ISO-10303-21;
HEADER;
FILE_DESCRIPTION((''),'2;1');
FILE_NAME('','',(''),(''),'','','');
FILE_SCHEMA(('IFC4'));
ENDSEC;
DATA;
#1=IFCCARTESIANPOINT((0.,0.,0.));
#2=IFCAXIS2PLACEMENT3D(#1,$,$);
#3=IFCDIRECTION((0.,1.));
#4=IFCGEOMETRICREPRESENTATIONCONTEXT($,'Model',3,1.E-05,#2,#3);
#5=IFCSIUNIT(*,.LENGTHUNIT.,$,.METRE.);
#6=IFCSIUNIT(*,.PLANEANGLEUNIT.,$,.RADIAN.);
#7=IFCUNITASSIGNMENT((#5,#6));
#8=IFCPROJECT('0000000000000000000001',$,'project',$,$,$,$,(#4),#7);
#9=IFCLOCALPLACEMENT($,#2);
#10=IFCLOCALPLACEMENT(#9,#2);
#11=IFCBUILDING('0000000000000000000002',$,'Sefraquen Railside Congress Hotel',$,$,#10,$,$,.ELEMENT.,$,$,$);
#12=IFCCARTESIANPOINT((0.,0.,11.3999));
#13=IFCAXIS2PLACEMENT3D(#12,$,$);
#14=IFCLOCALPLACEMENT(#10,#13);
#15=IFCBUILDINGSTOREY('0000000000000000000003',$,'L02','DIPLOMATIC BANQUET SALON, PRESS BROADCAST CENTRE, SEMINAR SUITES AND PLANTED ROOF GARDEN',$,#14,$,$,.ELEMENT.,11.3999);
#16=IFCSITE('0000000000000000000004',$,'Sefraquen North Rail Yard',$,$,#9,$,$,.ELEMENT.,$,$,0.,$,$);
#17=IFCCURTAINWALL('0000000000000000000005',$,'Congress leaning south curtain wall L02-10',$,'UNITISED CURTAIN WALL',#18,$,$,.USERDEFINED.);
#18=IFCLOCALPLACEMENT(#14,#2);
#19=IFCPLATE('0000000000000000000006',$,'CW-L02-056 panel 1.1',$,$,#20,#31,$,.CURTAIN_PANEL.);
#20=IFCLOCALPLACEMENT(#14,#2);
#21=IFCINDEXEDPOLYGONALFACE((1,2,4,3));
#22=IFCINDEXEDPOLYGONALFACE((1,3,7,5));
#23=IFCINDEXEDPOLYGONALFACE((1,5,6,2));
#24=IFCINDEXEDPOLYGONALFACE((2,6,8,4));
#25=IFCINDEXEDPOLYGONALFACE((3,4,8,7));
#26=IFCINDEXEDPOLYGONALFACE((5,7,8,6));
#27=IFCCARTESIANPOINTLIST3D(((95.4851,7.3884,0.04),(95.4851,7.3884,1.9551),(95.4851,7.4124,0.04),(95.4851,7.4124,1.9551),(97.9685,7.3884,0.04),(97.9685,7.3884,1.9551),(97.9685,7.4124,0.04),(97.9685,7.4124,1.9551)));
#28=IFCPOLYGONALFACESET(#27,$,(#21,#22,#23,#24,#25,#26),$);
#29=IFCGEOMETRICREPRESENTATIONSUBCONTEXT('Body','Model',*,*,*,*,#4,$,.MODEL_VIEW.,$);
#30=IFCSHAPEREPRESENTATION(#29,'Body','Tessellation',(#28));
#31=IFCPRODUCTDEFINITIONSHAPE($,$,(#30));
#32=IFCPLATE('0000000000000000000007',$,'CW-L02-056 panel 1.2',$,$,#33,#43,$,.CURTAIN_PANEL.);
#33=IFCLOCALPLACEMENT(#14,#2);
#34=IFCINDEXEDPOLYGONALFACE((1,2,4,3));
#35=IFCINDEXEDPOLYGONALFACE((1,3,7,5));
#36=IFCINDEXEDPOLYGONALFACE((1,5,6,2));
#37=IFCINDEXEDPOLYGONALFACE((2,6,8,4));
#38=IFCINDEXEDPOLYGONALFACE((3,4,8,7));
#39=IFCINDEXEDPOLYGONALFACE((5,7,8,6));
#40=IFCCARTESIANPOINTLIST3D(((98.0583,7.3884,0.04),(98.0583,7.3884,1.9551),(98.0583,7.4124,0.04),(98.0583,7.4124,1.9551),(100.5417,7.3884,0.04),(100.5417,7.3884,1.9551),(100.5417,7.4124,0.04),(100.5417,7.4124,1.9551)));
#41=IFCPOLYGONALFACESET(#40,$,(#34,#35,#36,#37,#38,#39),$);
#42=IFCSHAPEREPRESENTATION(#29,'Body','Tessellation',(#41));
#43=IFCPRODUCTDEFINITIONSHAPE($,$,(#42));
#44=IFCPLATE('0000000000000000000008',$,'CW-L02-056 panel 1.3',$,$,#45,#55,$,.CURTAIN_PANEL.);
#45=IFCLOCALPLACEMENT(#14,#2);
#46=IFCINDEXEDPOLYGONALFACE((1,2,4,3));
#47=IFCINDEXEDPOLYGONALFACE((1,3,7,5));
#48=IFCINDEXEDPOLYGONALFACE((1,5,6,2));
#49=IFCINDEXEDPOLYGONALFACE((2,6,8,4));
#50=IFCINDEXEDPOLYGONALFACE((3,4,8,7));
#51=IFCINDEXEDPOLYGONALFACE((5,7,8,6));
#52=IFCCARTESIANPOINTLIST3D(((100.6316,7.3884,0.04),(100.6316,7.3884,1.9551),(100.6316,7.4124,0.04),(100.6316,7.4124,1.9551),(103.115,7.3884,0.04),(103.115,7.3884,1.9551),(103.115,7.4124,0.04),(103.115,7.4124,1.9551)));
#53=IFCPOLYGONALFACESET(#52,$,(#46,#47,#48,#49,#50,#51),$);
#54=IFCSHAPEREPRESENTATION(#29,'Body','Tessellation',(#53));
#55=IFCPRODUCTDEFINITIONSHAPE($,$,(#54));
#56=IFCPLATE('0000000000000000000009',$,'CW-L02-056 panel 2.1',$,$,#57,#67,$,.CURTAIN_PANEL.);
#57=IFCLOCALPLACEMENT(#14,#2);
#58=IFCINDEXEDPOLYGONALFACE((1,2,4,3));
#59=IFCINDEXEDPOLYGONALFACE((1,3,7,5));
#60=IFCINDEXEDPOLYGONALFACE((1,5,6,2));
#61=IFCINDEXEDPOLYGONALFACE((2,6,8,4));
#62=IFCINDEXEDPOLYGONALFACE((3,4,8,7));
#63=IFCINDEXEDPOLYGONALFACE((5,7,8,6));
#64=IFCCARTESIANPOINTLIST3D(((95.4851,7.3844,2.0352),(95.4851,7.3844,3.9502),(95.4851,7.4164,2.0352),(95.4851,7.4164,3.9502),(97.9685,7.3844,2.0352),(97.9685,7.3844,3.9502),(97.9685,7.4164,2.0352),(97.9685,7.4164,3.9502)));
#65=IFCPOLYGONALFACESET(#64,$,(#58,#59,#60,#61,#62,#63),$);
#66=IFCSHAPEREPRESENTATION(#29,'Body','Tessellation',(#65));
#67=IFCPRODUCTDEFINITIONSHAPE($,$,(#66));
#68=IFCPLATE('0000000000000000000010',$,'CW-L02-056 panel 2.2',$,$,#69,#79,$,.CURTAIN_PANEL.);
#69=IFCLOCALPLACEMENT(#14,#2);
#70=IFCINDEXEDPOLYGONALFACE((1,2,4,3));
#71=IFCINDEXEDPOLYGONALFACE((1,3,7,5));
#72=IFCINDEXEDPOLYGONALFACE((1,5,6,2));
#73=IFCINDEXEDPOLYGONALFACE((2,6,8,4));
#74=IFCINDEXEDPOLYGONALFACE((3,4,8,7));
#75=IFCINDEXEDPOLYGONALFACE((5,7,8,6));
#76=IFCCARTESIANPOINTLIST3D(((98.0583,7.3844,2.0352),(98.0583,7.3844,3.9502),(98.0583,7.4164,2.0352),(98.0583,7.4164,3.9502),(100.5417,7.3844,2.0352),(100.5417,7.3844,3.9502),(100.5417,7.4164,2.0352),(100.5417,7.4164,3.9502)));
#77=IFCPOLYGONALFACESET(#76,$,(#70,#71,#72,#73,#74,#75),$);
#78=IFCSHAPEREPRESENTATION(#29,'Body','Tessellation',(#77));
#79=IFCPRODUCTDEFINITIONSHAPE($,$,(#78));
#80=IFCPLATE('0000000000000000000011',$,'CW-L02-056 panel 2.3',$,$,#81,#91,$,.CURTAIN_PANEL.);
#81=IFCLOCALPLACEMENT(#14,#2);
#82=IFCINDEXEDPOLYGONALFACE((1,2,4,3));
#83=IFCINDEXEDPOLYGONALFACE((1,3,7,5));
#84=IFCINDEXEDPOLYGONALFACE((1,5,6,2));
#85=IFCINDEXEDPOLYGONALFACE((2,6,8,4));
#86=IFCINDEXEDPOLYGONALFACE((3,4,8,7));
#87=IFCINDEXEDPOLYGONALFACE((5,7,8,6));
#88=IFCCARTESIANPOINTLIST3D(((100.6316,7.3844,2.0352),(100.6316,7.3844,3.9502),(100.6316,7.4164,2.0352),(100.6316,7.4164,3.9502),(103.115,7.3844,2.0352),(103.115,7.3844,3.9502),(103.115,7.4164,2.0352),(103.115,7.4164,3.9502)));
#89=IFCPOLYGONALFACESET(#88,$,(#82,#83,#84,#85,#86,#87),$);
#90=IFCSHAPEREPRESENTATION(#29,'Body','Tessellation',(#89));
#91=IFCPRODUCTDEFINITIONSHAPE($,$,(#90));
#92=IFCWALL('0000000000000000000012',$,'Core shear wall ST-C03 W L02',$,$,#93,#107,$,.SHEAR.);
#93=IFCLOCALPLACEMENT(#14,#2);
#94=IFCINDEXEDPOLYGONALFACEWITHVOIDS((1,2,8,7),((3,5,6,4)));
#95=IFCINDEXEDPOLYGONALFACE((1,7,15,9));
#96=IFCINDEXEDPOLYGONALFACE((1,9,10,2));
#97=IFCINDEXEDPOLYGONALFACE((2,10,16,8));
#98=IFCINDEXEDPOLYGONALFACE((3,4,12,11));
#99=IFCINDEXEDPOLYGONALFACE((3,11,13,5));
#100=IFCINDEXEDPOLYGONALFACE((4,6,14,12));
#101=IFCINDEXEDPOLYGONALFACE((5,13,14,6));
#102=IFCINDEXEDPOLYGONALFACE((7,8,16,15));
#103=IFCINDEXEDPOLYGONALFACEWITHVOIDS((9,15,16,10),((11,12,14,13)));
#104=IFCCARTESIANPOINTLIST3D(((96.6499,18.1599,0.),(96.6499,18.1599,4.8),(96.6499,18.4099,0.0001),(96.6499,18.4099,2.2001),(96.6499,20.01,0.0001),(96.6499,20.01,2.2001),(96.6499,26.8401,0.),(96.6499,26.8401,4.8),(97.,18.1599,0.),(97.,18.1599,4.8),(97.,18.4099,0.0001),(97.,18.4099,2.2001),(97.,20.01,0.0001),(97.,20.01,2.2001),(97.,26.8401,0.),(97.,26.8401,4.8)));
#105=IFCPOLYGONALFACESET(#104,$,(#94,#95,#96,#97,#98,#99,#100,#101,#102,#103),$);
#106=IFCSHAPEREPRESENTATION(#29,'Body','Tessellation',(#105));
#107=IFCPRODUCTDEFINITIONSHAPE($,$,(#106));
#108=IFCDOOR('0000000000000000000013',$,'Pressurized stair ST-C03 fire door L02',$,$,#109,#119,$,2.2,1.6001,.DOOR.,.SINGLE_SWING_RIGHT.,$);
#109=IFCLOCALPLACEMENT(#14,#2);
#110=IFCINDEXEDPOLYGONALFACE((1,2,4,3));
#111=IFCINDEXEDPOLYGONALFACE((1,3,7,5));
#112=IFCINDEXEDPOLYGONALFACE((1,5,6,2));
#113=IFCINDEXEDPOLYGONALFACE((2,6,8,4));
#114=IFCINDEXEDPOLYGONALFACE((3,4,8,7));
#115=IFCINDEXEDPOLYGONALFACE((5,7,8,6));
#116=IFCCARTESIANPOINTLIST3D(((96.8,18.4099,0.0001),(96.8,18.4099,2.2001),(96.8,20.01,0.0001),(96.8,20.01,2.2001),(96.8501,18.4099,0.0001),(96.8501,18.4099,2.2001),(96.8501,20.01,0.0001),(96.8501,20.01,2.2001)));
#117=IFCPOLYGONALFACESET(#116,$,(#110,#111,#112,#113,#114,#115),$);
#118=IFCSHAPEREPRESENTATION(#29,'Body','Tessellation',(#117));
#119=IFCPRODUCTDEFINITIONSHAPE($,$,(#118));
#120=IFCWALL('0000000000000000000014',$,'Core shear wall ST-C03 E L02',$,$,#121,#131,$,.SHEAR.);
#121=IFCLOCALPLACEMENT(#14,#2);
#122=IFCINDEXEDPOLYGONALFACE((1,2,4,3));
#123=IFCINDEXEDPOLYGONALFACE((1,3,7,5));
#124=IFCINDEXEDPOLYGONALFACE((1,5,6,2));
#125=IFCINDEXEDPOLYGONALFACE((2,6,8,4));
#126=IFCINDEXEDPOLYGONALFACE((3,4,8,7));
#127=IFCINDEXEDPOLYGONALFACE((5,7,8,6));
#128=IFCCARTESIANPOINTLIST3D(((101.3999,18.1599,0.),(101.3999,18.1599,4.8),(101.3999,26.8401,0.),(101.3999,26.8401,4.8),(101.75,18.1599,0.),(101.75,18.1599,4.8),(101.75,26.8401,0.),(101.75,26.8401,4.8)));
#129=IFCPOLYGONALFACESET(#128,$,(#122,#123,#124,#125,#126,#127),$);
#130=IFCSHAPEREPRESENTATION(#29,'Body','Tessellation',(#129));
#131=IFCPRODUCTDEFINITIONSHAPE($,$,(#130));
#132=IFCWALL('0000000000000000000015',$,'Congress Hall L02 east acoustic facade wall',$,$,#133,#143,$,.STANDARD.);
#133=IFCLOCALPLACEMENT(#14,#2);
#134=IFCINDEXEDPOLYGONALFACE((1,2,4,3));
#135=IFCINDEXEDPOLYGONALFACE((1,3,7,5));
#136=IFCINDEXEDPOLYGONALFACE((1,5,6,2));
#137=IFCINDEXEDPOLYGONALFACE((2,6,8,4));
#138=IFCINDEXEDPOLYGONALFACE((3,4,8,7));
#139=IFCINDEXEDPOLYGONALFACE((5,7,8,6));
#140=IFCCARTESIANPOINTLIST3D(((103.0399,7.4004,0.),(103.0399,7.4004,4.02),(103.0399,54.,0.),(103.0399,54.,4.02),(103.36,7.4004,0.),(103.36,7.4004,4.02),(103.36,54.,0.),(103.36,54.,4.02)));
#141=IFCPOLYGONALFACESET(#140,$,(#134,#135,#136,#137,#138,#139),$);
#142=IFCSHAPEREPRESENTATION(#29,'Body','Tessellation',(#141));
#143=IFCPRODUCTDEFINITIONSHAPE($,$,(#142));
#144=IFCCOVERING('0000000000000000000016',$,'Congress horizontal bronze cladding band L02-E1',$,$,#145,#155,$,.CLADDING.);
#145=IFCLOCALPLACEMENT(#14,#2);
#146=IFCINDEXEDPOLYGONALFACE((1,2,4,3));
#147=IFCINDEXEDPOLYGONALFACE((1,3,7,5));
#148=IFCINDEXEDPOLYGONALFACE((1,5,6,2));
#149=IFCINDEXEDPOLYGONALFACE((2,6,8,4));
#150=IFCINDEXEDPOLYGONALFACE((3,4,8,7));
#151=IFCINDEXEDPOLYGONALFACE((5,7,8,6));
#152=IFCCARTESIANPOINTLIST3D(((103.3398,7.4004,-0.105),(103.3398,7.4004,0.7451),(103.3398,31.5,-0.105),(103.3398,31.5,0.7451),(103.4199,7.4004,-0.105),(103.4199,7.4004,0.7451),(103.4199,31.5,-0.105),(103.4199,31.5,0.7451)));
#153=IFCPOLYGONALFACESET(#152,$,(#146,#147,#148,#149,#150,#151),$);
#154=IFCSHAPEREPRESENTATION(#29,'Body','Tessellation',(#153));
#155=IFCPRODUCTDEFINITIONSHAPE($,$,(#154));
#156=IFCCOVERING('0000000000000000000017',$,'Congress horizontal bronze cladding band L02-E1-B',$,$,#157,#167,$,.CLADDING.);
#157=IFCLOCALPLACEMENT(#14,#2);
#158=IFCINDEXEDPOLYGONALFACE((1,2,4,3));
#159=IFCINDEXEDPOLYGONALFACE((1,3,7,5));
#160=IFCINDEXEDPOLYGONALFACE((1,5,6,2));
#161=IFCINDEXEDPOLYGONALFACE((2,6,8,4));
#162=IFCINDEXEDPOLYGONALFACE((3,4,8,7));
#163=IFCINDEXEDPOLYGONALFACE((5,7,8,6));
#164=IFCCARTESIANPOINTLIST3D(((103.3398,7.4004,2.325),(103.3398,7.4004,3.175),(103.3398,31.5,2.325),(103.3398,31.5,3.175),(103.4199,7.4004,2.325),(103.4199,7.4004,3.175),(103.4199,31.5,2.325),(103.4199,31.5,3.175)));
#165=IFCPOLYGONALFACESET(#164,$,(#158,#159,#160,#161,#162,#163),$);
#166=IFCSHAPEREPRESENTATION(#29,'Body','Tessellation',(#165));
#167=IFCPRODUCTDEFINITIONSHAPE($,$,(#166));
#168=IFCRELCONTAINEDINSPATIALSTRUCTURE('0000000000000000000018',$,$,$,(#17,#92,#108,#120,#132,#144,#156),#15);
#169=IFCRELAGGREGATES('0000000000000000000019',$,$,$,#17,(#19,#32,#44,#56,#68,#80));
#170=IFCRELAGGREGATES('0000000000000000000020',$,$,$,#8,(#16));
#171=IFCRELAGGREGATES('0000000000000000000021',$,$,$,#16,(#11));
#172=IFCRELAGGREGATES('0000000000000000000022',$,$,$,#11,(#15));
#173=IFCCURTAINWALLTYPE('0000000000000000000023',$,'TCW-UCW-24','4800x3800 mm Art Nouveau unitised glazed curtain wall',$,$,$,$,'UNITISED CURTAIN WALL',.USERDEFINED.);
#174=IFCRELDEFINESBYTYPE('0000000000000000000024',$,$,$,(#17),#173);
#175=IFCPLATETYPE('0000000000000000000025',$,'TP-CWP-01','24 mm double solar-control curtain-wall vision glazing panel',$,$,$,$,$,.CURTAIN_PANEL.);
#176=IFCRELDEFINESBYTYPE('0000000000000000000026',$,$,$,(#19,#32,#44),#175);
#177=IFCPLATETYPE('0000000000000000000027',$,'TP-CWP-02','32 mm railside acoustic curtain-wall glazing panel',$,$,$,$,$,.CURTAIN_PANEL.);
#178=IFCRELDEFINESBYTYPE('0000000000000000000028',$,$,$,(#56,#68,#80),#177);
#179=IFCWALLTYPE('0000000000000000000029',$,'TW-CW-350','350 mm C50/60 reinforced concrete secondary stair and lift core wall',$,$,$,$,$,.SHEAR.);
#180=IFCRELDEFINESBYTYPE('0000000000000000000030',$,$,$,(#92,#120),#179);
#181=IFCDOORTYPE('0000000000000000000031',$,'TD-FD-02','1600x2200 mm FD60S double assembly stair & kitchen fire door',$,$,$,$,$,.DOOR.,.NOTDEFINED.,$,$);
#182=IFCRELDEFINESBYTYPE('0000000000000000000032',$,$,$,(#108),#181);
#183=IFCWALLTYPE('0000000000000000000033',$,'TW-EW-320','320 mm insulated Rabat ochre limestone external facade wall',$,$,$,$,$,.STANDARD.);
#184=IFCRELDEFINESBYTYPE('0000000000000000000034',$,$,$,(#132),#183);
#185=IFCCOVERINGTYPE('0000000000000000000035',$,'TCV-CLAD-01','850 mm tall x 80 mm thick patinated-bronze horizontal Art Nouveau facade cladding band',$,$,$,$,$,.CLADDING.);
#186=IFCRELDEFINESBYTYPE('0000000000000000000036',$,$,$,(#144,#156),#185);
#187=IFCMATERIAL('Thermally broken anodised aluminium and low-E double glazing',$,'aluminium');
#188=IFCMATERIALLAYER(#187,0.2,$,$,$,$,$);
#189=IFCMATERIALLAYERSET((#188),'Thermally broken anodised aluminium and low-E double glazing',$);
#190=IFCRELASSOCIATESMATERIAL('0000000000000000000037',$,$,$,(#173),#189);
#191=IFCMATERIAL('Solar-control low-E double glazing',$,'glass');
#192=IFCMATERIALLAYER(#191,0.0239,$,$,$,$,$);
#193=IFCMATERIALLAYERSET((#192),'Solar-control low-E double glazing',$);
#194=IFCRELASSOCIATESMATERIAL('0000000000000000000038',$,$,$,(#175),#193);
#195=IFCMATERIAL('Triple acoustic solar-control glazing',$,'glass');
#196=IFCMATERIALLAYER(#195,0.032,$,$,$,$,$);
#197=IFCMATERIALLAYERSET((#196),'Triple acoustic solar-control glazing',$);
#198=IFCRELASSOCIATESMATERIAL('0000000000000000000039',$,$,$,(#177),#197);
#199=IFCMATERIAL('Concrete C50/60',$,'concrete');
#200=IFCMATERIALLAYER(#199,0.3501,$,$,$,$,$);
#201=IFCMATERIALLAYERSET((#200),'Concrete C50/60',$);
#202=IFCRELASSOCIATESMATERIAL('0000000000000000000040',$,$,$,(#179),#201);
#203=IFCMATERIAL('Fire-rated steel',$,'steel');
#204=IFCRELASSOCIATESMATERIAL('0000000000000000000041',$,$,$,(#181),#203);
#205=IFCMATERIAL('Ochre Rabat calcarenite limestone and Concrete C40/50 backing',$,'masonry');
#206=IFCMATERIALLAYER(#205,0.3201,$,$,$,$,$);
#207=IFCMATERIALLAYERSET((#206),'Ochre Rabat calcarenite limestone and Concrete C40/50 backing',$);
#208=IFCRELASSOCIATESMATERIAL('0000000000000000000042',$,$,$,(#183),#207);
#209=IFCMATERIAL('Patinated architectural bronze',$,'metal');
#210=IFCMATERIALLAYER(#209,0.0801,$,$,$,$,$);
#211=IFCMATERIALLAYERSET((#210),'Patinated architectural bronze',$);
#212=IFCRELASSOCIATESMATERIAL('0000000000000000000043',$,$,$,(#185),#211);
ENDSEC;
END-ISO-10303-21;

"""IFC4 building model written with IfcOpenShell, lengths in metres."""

from ifc_helpers import new_model, si_unit, direction, frame, frame_2d, origin, origin_2d, place, context, subcontext, project, spatial, rectangle, extrude, material, layer, layer_set, type_object, element, fill, aggregate, save


model = new_model("IFC4")

# Units and contexts
model_context = context("Model", 3, precision=1e-05, world=origin(), true_north=direction((0.0, 1.0)))
body_context = subcontext(model_context, "Body", "Model", "MODEL_VIEW")
ifc_project = project(units=[si_unit("LENGTHUNIT", "METRE"), si_unit("PLANEANGLEUNIT", "RADIAN")], contexts=[model_context])

# Site, building, storey
site_placement = place(None, origin())
site = spatial("IfcSite", under=ifc_project, at=site_placement, Name="Sefraquen North Rail Yard", CompositionType="ELEMENT", RefElevation=0.0)
building_placement = place(site_placement, origin())
building = spatial("IfcBuilding", under=site, at=building_placement, Name="Sefraquen Railside Congress Hotel", CompositionType="ELEMENT")
storey_placement = place(building_placement, frame((0.0, 0.0, 11.3999)))
storey = spatial("IfcBuildingStorey", under=building, at=storey_placement, Name="L02", Description="DIPLOMATIC BANQUET SALON, PRESS BROADCAST CENTRE, SEMINAR SUITES AND PLANTED ROOF GARDEN", CompositionType="ELEMENT", Elevation=11.3999)

# Curtain wall
ifc_material_1 = material(Name="Thermally broken anodised aluminium and low-E double glazing", Category="aluminium")
ifc_layer_1 = layer(ifc_material_1, 0.2)
ifc_layer_set_1 = layer_set([ifc_layer_1], Name="Thermally broken anodised aluminium and low-E double glazing")
curtain_wall_type = type_object("IfcCurtainWallType", Name="TCW-UCW-24", Description="4800x3800 mm Art Nouveau unitised glazed curtain wall", ElementType="UNITISED CURTAIN WALL", PredefinedType="USERDEFINED", material=ifc_layer_set_1)
curtain_wall_placement = place(storey_placement, origin())
curtain_wall = element("IfcCurtainWall", 1, at=curtain_wall_placement, inside=storey, type_object=curtain_wall_type, Name="Congress leaning south curtain wall L02-10", ObjectType="UNITISED CURTAIN WALL", PredefinedType="USERDEFINED")

# Plates
ifc_material_2 = material(Name="Solar-control low-E double glazing", Category="glass")
ifc_layer_2 = layer(ifc_material_2, 0.0239)
ifc_layer_set_2 = layer_set([ifc_layer_2], Name="Solar-control low-E double glazing")
plate_type_1 = type_object("IfcPlateType", Name="TP-CWP-01", Description="24 mm double solar-control curtain-wall vision glazing panel", PredefinedType="CURTAIN_PANEL", material=ifc_layer_set_2)
plate_1_placement = place(storey_placement, frame((96.7268, 7.4004, 0.04), z_axis=(0.0, 0.0, 1.0), x_axis=(1.0, 0.0, 0.0)))
plate_1 = element("IfcPlate", 2, at=plate_1_placement, type_object=plate_type_1, Name="CW-L02-056 panel 1.1", PredefinedType="CURTAIN_PANEL", context=body_context, shape_type="SweptSolid", body=[
    extrude(rectangle(XDim=2.4834, YDim=0.0239, at=origin_2d()), origin(), (0.0, 0.0, 1.0), 1.915),
])
plate_2_placement = place(storey_placement, frame((99.3, 7.4004, 0.04), z_axis=(0.0, 0.0, 1.0), x_axis=(1.0, 0.0, 0.0)))
plate_2 = element("IfcPlate", 3, at=plate_2_placement, type_object=plate_type_1, Name="CW-L02-056 panel 1.2", PredefinedType="CURTAIN_PANEL", context=body_context, shape_type="SweptSolid", body=[
    extrude(rectangle(XDim=2.4834, YDim=0.0239, at=origin_2d()), origin(), (0.0, 0.0, 1.0), 1.915),
])
plate_3_placement = place(storey_placement, frame((101.8733, 7.4004, 0.04), z_axis=(0.0, 0.0, 1.0), x_axis=(1.0, 0.0, 0.0)))
plate_3 = element("IfcPlate", 4, at=plate_3_placement, type_object=plate_type_1, Name="CW-L02-056 panel 1.3", PredefinedType="CURTAIN_PANEL", context=body_context, shape_type="SweptSolid", body=[
    extrude(rectangle(XDim=2.4834, YDim=0.0239, at=origin_2d()), origin(), (0.0, 0.0, 1.0), 1.915),
])
ifc_material_3 = material(Name="Triple acoustic solar-control glazing", Category="glass")
ifc_layer_3 = layer(ifc_material_3, 0.032)
ifc_layer_set_3 = layer_set([ifc_layer_3], Name="Triple acoustic solar-control glazing")
plate_type_2 = type_object("IfcPlateType", Name="TP-CWP-02", Description="32 mm railside acoustic curtain-wall glazing panel", PredefinedType="CURTAIN_PANEL", material=ifc_layer_set_3)
plate_4_placement = place(storey_placement, frame((96.7268, 7.4004, 2.0352), z_axis=(0.0, 0.0, 1.0), x_axis=(1.0, 0.0, 0.0)))
plate_4 = element("IfcPlate", 5, at=plate_4_placement, type_object=plate_type_2, Name="CW-L02-056 panel 2.1", PredefinedType="CURTAIN_PANEL", context=body_context, shape_type="SweptSolid", body=[
    extrude(rectangle(XDim=2.4834, YDim=0.032, at=origin_2d()), origin(), (0.0, 0.0, 1.0), 1.915),
])
plate_5_placement = place(storey_placement, frame((99.3, 7.4004, 2.0352), z_axis=(0.0, 0.0, 1.0), x_axis=(1.0, 0.0, 0.0)))
plate_5 = element("IfcPlate", 6, at=plate_5_placement, type_object=plate_type_2, Name="CW-L02-056 panel 2.2", PredefinedType="CURTAIN_PANEL", context=body_context, shape_type="SweptSolid", body=[
    extrude(rectangle(XDim=2.4834, YDim=0.032, at=origin_2d()), origin(), (0.0, 0.0, 1.0), 1.915),
])
plate_6_placement = place(storey_placement, frame((101.8733, 7.4004, 2.0352), z_axis=(0.0, 0.0, 1.0), x_axis=(1.0, 0.0, 0.0)))
plate_6 = element("IfcPlate", 7, at=plate_6_placement, type_object=plate_type_2, Name="CW-L02-056 panel 2.3", PredefinedType="CURTAIN_PANEL", context=body_context, shape_type="SweptSolid", body=[
    extrude(rectangle(XDim=2.4834, YDim=0.032, at=origin_2d()), origin(), (0.0, 0.0, 1.0), 1.915),
])
aggregate(curtain_wall, [plate_1, plate_2, plate_3, plate_4, plate_5, plate_6])

# Wall, opening, door
ifc_material_4 = material(Name="Concrete C50/60", Category="concrete")
ifc_layer_4 = layer(ifc_material_4, 0.3501)
ifc_layer_set_4 = layer_set([ifc_layer_4], Name="Concrete C50/60")
wall_type_1 = type_object("IfcWallType", Name="TW-CW-350", Description="350 mm C50/60 reinforced concrete secondary stair and lift core wall", PredefinedType="SHEAR", material=ifc_layer_set_4)
wall_1_placement = place(storey_placement, frame((96.825, 18.1599, 0.0), z_axis=(0.0, 0.0, 1.0), x_axis=(0.0, 1.0, 0.0)))
wall_1 = element("IfcWall", 8, at=wall_1_placement, inside=storey, type_object=wall_type_1, Name="Core shear wall ST-C03 W L02", PredefinedType="SHEAR", context=body_context, shape_type="SweptSolid", body=[
    extrude(rectangle(XDim=8.6802, YDim=0.3501, at=frame_2d((4.3401, 0.0))), origin(), (0.0, 0.0, 1.0), 4.8),
])
opening_placement = place(wall_1_placement, frame((0.25, 0.0, 0.0)))
opening = element("IfcOpeningElement", 9, at=opening_placement, cuts=wall_1, PredefinedType="OPENING", context=body_context, shape_type="SweptSolid", body=[
    extrude(rectangle(XDim=1.6001, YDim=2.2, at=frame_2d((0.8, 1.1001))), frame((0.0, 0.1851, 0.0), z_axis=(0.0, -1.0, 0.0), x_axis=(1.0, 0.0, 0.0)), (0.0, 0.0, 1.0), 0.3701),
])
ifc_material_5 = material(Name="Fire-rated steel", Category="steel")
door_type = type_object("IfcDoorType", Name="TD-FD-02", Description="1600x2200 mm FD60S double assembly stair & kitchen fire door", OperationType="NOTDEFINED", PredefinedType="DOOR", material=ifc_material_5)
door_placement = place(opening_placement, origin())
door = element("IfcDoor", 10, at=door_placement, inside=storey, type_object=door_type, Name="Pressurized stair ST-C03 fire door L02", OperationType="SINGLE_SWING_RIGHT", OverallHeight=2.2, OverallWidth=1.6001, PredefinedType="DOOR", context=body_context, shape_type="SweptSolid", body=[
    extrude(rectangle(XDim=1.6001, YDim=2.2, at=frame_2d((0.8, 1.1001))), frame((0.0, 0.0249, 0.0), z_axis=(0.0, -1.0, 0.0), x_axis=(1.0, 0.0, 0.0)), (0.0, 0.0, 1.0), 0.05),
])
fill(opening, door)

# Walls
wall_2_placement = place(storey_placement, frame((101.575, 18.1599, 0.0), z_axis=(0.0, 0.0, 1.0), x_axis=(0.0, 1.0, 0.0)))
element("IfcWall", 11, at=wall_2_placement, inside=storey, type_object=wall_type_1, Name="Core shear wall ST-C03 E L02", PredefinedType="SHEAR", context=body_context, shape_type="SweptSolid", body=[
    extrude(rectangle(XDim=8.6802, YDim=0.3501, at=frame_2d((4.3401, 0.0))), origin(), (0.0, 0.0, 1.0), 4.8),
])
ifc_material_6 = material(Name="Ochre Rabat calcarenite limestone and Concrete C40/50 backing", Category="masonry")
ifc_layer_5 = layer(ifc_material_6, 0.3201)
ifc_layer_set_5 = layer_set([ifc_layer_5], Name="Ochre Rabat calcarenite limestone and Concrete C40/50 backing")
wall_type_2 = type_object("IfcWallType", Name="TW-EW-320", Description="320 mm insulated Rabat ochre limestone external facade wall", PredefinedType="STANDARD", material=ifc_layer_set_5)
wall_3_placement = place(storey_placement, frame((103.2, 7.4004, 0.0), z_axis=(0.0, 0.0, 1.0), x_axis=(0.0, 1.0, 0.0)))
element("IfcWall", 12, at=wall_3_placement, inside=storey, type_object=wall_type_2, Name="Congress Hall L02 east acoustic facade wall", PredefinedType="STANDARD", context=body_context, shape_type="SweptSolid", body=[
    extrude(rectangle(XDim=46.5996, YDim=0.3201, at=frame_2d((23.2998, 0.0))), origin(), (0.0, 0.0, 1.0), 4.02),
])

# Coverings
ifc_material_7 = material(Name="Patinated architectural bronze", Category="metal")
ifc_layer_6 = layer(ifc_material_7, 0.0801)
ifc_layer_set_6 = layer_set([ifc_layer_6], Name="Patinated architectural bronze")
covering_type = type_object("IfcCoveringType", Name="TCV-CLAD-01", Description="850 mm tall x 80 mm thick patinated-bronze horizontal Art Nouveau facade cladding band", PredefinedType="CLADDING", material=ifc_layer_set_6)
for number, where, z_axis, x_axis, name in (
    (13, (103.3799, 19.4502, -0.105), (0.0, 0.0, 1.0), (1.0, 0.0, 0.0), "Congress horizontal bronze cladding band L02-E1"),
    (14, (103.3799, 19.4502, 2.325), (0.0, 0.0, 1.0), (1.0, 0.0, 0.0), "Congress horizontal bronze cladding band L02-E1-B"),
):
    element("IfcCovering", number, at=place(storey_placement, frame(where, z_axis=z_axis, x_axis=x_axis)), inside=storey, type_object=covering_type, Name=name, PredefinedType="CLADDING", context=body_context, shape_type="SweptSolid", body=[
        extrude(rectangle(XDim=0.0801, YDim=24.0996, at=origin_2d()), origin(), (0.0, 0.0, 1.0), 0.8501),
    ])

save(model, "model.ifc")
